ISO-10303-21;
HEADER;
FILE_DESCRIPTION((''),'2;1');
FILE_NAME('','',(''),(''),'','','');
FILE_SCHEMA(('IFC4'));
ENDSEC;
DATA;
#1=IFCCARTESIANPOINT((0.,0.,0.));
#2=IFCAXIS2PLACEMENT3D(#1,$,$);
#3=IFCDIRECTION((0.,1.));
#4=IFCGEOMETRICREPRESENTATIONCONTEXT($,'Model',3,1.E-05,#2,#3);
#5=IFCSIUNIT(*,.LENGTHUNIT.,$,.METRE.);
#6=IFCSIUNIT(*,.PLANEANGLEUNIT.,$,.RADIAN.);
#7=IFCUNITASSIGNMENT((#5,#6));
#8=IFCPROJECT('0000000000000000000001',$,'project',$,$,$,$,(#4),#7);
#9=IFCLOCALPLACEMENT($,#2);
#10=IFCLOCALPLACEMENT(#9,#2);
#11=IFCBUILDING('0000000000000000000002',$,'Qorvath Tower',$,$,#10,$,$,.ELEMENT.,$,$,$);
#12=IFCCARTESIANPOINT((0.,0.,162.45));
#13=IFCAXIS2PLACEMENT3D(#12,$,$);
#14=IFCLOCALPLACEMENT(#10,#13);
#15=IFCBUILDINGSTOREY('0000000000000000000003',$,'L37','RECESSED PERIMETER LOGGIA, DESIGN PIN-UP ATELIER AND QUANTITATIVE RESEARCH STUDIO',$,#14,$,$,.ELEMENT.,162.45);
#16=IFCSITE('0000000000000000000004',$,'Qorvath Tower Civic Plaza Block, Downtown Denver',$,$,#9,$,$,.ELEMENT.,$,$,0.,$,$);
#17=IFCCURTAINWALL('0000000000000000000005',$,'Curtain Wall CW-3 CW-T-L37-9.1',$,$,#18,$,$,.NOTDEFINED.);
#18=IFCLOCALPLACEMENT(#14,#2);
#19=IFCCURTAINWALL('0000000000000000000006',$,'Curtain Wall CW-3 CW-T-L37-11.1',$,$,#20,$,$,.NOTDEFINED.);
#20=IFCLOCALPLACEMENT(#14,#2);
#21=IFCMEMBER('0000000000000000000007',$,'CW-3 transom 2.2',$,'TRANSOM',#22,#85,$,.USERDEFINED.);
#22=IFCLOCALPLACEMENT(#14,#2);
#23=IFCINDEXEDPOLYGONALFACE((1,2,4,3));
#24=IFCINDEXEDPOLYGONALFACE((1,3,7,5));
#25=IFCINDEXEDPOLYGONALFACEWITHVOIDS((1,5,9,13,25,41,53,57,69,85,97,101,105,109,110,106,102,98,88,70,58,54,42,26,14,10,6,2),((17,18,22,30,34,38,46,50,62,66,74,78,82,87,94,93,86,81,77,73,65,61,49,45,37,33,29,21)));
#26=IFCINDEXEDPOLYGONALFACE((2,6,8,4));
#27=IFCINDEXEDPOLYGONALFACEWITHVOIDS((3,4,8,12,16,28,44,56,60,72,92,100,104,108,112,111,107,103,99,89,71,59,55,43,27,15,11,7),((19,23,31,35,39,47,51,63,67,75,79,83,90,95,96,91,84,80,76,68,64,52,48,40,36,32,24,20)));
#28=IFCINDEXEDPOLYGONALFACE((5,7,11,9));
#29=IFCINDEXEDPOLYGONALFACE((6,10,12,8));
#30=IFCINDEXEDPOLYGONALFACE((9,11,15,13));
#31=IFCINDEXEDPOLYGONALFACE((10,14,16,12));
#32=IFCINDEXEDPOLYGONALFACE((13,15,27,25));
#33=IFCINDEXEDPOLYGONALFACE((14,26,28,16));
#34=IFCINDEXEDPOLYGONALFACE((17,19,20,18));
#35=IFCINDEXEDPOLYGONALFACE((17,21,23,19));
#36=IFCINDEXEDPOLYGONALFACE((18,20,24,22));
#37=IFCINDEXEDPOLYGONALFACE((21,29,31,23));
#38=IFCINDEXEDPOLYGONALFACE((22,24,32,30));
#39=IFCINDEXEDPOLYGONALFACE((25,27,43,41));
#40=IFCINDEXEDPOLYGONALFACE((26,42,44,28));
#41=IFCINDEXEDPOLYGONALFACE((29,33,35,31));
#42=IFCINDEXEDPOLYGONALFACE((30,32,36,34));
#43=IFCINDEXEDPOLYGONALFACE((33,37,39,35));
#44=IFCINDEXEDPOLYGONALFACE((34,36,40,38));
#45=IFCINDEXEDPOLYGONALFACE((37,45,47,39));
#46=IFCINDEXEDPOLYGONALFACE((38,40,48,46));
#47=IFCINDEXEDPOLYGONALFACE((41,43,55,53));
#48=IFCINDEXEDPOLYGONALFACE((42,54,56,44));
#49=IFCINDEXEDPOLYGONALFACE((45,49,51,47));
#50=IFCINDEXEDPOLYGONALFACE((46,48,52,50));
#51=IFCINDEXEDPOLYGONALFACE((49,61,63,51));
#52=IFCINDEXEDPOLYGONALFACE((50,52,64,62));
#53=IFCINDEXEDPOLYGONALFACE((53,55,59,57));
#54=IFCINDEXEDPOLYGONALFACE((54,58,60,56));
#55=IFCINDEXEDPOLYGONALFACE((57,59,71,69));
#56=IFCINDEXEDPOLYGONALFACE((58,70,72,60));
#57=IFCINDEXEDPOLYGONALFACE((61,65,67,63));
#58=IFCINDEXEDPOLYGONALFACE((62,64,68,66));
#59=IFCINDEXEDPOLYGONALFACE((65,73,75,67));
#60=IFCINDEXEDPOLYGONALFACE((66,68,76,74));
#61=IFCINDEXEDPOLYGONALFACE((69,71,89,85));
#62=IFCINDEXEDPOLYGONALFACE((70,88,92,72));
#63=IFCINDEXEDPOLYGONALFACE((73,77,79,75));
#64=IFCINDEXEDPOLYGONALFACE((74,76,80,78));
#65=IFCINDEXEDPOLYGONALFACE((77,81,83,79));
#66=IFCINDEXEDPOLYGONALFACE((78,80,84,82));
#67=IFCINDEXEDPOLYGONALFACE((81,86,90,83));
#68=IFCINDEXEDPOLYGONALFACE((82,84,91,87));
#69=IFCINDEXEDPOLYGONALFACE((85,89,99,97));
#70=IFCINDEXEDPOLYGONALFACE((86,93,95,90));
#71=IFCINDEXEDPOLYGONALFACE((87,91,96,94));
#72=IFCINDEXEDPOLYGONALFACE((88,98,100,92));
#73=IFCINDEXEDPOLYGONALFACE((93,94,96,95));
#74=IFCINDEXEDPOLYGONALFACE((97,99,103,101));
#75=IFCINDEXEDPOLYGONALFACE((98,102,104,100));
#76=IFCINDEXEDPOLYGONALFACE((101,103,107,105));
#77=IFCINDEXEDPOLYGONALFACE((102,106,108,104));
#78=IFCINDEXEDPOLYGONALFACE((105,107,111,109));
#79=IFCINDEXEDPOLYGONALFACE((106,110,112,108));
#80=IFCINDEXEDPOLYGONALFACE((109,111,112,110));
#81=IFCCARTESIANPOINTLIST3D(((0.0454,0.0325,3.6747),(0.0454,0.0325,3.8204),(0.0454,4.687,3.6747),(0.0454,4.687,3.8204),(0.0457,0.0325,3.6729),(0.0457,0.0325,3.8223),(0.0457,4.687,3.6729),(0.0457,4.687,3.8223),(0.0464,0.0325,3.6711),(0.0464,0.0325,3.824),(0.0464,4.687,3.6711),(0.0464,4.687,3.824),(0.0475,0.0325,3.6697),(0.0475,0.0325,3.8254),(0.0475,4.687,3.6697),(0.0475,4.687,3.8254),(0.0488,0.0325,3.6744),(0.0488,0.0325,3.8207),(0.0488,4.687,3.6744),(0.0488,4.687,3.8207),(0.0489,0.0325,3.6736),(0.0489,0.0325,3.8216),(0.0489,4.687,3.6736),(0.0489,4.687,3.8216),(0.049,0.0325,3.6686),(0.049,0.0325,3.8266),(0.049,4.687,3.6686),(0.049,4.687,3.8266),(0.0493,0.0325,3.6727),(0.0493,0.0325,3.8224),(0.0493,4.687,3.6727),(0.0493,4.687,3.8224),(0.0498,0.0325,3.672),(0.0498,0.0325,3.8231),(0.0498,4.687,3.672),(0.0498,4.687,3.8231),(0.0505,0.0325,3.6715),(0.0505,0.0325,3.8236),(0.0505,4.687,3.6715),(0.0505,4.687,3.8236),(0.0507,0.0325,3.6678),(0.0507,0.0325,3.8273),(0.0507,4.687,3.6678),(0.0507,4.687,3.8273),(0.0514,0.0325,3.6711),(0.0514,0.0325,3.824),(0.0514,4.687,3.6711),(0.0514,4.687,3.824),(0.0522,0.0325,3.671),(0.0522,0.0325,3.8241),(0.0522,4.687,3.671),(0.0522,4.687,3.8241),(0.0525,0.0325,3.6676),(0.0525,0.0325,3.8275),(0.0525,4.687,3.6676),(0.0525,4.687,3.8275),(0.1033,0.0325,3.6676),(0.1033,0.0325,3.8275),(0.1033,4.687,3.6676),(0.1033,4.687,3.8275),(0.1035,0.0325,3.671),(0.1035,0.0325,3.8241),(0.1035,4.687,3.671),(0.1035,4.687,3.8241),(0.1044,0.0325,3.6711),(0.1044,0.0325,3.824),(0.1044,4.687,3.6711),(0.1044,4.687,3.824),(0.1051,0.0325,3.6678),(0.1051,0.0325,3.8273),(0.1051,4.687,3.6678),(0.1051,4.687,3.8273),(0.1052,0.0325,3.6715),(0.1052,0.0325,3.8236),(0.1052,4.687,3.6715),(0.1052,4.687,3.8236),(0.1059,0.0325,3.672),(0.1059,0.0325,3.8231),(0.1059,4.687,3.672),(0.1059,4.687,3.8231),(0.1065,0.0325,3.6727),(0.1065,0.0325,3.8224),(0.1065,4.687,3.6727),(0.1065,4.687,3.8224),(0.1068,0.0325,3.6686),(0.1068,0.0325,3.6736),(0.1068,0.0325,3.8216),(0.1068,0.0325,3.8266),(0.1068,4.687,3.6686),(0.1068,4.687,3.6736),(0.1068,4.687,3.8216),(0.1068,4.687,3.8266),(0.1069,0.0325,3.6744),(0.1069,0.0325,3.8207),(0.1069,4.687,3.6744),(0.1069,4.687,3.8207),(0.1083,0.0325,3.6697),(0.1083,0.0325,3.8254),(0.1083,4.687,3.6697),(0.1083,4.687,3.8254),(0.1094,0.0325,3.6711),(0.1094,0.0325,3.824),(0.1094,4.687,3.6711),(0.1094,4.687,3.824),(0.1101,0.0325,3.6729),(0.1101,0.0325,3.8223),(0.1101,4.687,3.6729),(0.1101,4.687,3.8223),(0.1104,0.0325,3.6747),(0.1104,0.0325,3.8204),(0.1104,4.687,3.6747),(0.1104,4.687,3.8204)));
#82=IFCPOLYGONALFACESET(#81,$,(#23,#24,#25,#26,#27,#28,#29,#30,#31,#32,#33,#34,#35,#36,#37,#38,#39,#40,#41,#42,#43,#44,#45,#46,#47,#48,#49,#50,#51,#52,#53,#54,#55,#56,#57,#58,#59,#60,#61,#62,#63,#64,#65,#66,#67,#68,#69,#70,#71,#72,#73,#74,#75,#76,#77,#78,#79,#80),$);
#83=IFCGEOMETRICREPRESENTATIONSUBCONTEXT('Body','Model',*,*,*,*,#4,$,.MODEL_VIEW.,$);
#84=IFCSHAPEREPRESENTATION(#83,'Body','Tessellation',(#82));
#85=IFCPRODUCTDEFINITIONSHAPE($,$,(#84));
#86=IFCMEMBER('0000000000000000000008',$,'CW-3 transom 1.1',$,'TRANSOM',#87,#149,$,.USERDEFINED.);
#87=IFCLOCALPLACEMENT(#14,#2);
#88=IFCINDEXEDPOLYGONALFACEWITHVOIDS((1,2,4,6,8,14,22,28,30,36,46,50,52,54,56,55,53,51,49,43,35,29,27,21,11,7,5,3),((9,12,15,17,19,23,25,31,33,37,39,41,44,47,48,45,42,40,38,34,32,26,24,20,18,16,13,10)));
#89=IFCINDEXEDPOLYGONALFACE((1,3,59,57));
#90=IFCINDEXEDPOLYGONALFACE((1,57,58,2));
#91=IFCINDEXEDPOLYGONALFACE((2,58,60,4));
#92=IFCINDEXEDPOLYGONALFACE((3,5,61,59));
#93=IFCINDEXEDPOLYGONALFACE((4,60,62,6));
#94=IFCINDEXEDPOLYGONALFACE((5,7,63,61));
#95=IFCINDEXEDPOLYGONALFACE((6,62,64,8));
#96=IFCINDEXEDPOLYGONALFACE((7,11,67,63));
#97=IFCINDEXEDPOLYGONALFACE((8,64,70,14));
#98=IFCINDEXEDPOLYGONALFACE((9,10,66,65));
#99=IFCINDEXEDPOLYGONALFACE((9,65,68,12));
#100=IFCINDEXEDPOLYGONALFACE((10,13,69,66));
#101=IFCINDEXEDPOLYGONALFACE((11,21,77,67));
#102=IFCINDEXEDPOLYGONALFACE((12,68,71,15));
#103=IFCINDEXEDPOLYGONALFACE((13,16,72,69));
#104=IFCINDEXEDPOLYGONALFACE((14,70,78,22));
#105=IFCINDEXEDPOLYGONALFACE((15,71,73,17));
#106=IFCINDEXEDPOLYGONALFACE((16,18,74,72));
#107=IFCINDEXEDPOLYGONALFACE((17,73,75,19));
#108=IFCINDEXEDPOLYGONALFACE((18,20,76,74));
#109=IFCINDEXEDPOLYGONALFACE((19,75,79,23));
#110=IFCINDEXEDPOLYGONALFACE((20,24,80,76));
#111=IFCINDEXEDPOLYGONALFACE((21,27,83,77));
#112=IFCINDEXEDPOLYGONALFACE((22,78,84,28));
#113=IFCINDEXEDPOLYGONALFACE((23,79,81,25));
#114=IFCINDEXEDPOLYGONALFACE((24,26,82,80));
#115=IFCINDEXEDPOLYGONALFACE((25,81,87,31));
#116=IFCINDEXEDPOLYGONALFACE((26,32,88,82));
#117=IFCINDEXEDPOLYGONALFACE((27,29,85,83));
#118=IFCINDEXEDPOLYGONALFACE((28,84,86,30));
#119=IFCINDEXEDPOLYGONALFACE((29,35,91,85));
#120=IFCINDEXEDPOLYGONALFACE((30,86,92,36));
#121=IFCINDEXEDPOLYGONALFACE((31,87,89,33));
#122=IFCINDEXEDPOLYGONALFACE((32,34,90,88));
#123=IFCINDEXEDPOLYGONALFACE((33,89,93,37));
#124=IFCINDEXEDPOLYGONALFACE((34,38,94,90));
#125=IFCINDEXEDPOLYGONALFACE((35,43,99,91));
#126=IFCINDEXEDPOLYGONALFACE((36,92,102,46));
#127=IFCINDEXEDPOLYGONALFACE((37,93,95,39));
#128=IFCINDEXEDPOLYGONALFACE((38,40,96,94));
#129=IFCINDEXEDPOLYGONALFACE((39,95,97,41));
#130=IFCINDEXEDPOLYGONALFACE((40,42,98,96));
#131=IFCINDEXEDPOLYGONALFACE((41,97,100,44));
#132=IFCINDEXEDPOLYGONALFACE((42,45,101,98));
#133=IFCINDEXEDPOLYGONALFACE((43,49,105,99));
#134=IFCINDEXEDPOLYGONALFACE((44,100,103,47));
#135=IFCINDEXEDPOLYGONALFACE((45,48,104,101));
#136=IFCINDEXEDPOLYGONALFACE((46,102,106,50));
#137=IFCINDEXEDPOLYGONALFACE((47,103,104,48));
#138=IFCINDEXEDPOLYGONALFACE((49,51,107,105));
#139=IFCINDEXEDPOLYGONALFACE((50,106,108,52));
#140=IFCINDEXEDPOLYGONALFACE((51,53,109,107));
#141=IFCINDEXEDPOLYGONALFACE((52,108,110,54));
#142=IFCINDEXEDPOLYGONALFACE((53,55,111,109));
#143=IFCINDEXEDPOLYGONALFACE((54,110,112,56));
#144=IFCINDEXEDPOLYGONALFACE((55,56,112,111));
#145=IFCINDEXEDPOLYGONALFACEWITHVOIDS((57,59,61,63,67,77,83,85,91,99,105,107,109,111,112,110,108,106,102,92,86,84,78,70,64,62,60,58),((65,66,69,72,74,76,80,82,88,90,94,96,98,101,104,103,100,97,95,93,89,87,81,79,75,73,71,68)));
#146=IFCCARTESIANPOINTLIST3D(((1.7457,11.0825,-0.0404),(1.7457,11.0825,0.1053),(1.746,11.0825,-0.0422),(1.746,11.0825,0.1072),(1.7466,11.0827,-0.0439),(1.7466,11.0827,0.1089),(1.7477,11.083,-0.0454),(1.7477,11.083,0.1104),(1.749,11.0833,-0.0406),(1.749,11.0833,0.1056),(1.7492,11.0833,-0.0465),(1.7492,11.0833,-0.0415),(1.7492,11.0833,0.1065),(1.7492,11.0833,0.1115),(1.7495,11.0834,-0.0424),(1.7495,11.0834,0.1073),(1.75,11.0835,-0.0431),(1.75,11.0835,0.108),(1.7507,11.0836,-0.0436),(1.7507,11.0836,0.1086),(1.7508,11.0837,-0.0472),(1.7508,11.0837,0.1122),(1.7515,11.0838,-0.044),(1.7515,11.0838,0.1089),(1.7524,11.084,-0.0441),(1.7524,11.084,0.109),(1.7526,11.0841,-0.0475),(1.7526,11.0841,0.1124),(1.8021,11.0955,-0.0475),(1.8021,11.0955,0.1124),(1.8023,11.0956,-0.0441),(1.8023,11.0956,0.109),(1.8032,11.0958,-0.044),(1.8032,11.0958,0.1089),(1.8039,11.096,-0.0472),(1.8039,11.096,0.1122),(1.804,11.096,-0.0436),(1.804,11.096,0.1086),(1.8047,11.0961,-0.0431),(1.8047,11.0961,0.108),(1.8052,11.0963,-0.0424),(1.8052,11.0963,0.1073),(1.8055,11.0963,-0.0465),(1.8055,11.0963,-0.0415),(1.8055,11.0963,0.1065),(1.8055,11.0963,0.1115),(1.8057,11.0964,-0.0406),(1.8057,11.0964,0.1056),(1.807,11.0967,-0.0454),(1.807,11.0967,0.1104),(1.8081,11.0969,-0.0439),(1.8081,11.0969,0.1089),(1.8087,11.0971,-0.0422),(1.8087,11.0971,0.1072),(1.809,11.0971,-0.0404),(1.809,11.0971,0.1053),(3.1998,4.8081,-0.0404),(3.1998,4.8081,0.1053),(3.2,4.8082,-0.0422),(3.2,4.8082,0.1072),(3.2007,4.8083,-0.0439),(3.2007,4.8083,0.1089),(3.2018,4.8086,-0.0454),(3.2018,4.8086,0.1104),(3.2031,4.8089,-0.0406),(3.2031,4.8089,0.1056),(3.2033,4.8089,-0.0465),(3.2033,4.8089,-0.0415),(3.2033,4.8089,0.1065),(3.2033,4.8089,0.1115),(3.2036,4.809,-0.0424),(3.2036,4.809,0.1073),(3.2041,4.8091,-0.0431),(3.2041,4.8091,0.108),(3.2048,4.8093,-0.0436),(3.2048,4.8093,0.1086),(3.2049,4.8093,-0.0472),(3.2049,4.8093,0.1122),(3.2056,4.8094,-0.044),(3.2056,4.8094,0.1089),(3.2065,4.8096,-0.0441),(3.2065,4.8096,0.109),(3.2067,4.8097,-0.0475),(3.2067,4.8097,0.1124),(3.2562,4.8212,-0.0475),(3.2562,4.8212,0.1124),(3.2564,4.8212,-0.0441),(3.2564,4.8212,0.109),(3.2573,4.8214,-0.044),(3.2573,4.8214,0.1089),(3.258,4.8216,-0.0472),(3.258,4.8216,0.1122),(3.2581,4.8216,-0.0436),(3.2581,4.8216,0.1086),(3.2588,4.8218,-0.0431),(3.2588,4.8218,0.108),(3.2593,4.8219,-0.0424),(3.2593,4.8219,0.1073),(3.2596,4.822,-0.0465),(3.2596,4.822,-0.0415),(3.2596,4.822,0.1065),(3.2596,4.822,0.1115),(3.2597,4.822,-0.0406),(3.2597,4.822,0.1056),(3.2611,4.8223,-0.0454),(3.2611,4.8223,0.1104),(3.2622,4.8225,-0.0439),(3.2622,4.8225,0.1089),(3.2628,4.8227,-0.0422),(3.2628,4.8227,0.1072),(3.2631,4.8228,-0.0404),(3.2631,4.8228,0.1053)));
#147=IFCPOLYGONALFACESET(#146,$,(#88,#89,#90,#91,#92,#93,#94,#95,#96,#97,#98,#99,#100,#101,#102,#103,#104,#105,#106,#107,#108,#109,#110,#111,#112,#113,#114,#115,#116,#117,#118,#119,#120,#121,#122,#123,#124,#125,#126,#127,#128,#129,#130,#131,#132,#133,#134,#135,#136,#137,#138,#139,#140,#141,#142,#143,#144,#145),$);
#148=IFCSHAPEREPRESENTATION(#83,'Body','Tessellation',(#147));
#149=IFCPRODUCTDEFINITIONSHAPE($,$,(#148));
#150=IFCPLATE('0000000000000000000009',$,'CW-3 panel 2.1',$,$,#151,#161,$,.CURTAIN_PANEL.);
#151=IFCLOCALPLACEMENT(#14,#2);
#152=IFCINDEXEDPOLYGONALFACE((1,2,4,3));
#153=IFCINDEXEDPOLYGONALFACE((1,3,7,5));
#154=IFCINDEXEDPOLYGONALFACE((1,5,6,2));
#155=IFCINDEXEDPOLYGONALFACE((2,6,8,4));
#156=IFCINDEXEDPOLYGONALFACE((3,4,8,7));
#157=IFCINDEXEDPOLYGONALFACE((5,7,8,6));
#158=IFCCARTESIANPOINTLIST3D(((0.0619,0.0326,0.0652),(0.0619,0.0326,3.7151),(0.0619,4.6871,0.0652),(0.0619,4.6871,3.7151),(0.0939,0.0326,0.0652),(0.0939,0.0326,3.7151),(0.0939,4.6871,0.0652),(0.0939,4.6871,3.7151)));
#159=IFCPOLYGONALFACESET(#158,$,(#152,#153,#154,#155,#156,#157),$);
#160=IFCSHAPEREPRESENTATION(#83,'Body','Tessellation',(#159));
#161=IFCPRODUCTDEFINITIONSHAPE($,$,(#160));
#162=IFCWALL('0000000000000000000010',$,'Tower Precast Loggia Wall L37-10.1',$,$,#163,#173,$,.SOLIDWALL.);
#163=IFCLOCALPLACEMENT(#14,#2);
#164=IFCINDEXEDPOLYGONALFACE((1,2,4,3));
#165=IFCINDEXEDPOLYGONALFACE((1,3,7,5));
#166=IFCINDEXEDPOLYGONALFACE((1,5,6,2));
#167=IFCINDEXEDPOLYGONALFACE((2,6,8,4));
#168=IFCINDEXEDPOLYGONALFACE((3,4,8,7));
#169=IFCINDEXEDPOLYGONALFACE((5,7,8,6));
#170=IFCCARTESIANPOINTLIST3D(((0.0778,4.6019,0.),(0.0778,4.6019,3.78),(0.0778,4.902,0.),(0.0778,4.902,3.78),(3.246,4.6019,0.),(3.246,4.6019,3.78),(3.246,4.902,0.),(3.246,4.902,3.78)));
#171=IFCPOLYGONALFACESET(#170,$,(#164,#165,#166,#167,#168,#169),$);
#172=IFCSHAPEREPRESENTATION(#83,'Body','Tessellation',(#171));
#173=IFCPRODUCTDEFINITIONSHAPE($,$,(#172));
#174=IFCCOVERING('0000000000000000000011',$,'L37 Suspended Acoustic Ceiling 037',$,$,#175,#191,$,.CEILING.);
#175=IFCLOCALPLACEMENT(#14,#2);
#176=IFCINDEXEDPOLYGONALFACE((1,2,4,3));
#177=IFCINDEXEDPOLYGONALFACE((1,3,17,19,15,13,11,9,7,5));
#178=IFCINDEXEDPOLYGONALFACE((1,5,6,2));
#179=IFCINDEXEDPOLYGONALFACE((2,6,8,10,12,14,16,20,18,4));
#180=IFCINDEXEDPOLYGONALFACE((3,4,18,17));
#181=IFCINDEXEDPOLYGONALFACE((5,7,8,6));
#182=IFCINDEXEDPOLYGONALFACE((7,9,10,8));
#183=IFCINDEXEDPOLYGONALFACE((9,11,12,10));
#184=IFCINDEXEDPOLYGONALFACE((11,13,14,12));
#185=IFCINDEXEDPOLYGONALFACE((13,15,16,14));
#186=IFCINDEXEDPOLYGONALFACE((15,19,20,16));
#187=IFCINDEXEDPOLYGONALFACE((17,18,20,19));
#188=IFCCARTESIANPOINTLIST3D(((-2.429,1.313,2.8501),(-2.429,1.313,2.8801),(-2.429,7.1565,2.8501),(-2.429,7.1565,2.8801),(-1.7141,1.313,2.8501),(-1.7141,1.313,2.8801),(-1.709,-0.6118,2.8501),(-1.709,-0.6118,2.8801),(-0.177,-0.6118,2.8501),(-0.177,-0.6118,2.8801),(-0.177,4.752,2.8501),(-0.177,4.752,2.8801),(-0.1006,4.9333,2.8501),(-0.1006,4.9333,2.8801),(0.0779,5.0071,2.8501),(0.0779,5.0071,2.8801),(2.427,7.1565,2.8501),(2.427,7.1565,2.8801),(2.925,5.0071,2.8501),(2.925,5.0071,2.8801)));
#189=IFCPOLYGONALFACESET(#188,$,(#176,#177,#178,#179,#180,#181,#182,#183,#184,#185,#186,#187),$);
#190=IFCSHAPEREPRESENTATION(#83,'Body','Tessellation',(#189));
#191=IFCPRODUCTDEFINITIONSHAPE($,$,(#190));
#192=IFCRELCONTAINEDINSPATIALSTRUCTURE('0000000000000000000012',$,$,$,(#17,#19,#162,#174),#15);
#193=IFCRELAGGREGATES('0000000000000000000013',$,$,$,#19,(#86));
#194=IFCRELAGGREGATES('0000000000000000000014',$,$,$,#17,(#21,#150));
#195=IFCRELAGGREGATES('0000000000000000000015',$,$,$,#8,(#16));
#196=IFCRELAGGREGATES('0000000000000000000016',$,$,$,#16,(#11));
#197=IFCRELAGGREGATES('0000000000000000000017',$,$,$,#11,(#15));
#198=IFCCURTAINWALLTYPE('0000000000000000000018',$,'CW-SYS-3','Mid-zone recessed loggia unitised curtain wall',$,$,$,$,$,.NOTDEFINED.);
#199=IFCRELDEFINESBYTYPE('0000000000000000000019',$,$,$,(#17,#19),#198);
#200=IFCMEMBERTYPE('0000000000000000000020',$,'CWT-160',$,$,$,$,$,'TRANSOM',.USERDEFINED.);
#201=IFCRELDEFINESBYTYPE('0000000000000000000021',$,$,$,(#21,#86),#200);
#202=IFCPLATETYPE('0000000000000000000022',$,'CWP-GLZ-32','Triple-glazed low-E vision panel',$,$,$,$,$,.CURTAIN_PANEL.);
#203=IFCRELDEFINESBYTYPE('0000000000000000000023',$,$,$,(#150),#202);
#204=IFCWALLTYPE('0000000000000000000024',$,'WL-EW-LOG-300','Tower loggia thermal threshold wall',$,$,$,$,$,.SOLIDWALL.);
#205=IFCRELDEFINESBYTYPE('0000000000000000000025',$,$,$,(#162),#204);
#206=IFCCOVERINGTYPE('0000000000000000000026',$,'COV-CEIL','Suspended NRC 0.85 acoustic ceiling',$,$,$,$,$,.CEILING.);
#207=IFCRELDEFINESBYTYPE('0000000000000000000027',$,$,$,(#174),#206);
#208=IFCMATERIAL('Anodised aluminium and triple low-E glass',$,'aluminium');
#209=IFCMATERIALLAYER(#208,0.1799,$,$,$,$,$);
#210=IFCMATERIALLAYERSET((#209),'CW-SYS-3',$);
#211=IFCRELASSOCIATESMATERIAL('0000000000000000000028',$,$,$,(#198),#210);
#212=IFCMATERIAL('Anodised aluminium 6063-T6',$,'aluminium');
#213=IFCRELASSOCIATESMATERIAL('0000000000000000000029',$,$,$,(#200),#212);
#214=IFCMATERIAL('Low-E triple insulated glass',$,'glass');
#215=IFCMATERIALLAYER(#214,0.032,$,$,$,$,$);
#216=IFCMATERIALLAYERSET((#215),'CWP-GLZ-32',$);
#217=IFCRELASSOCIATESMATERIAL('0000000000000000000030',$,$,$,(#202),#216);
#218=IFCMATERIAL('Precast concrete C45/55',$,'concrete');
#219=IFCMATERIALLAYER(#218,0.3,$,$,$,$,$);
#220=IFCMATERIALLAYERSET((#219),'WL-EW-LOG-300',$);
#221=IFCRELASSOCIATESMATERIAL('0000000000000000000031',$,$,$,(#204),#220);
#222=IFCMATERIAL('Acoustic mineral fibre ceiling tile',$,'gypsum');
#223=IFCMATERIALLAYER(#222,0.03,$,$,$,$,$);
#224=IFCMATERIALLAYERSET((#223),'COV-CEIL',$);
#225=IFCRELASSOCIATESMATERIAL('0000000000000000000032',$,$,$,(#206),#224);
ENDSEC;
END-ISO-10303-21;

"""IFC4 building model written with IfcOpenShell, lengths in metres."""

from ifc_helpers import new_model, si_unit, direction, frame, frame_2d, origin, origin_2d, place, context, subcontext, project, spatial, polyline, rectangle, hollow_rectangle, outline, extrude, material, layer, layer_set, material_profile, profile_set, type_object, element, aggregate, save


model = new_model("IFC4")

# Units and contexts
model_context = context("Model", 3, precision=1e-05, world=origin(), true_north=direction((0.0, 1.0)))
body_context = subcontext(model_context, "Body", "Model", "MODEL_VIEW")
ifc_project = project(units=[si_unit("LENGTHUNIT", "METRE"), si_unit("PLANEANGLEUNIT", "RADIAN")], contexts=[model_context])

# Site, building, storey
site_placement = place(None, origin())
site = spatial("IfcSite", under=ifc_project, at=site_placement, Name="Qorvath Tower Civic Plaza Block, Downtown Denver", CompositionType="ELEMENT", RefElevation=0.0)
building_placement = place(site_placement, origin())
building = spatial("IfcBuilding", under=site, at=building_placement, Name="Qorvath Tower", CompositionType="ELEMENT")
storey_placement = place(building_placement, frame((0.0, 0.0, 162.45)))
storey = spatial("IfcBuildingStorey", under=building, at=storey_placement, Name="L37", Description="RECESSED PERIMETER LOGGIA, DESIGN PIN-UP ATELIER AND QUANTITATIVE RESEARCH STUDIO", CompositionType="ELEMENT", Elevation=162.45)

# Curtain wall
ifc_material_1 = material(Name="Anodised aluminium and triple low-E glass", Category="aluminium")
ifc_layer_1 = layer(ifc_material_1, 0.1799)
ifc_layer_set_1 = layer_set([ifc_layer_1], Name="CW-SYS-3")
curtain_wall_type = type_object("IfcCurtainWallType", Name="CW-SYS-3", Description="Mid-zone recessed loggia unitised curtain wall", PredefinedType="NOTDEFINED", material=ifc_layer_set_1)
curtain_wall_1_placement = place(storey_placement, origin())
curtain_wall_1 = element("IfcCurtainWall", 1, at=curtain_wall_1_placement, inside=storey, type_object=curtain_wall_type, Name="Curtain Wall CW-3 CW-T-L37-9.1", PredefinedType="NOTDEFINED")

# Curtain wall
curtain_wall_2_placement = place(storey_placement, origin())
curtain_wall_2 = element("IfcCurtainWall", 2, at=curtain_wall_2_placement, inside=storey, type_object=curtain_wall_type, Name="Curtain Wall CW-3 CW-T-L37-11.1", PredefinedType="NOTDEFINED")

# Members
ifc_material_2 = material(Name="Anodised aluminium 6063-T6", Category="aluminium")
ifc_material_profile_1 = material_profile(ifc_material_2, hollow_rectangle(XDim=0.0649, YDim=0.1599, WallThickness=0.0034, InnerFilletRadius=0.0034, OuterFilletRadius=0.0071, at=origin_2d()), Name="CWT 160x65")
ifc_profile_set_1 = profile_set([ifc_material_profile_1], Name="Anodised aluminium 6063-T6")
member_type_1 = type_object("IfcMemberType", Name="CWT-160", ElementType="TRANSOM", PredefinedType="USERDEFINED", material=ifc_profile_set_1)
member_1_placement = place(storey_placement, frame((0.0779, 0.0325, 3.7476), z_axis=(0.0, 1.0, 0.0), x_axis=(-1.0, 0.0, 0.0)))
member_1 = element("IfcMember", 3, at=member_1_placement, type_object=member_type_1, Name="CW-3 transom 2.2", ObjectType="TRANSOM", PredefinedType="USERDEFINED", context=body_context, shape_type="SweptSolid", body=[
    extrude(hollow_rectangle(XDim=0.0649, YDim=0.1599, WallThickness=0.0034, InnerFilletRadius=0.0034, OuterFilletRadius=0.0071, at=origin_2d()), origin(), (0.0, 0.0, 1.0), 4.6545),
])
member_2_placement = place(storey_placement, frame((3.2314, 4.8154, 0.0325), z_axis=(-0.225767, 0.974181, 0.0), x_axis=(-0.974181, -0.225767, 0.0)))
member_2 = element("IfcMember", 4, at=member_2_placement, type_object=member_type_1, Name="CW-3 transom 1.1", ObjectType="TRANSOM", PredefinedType="USERDEFINED", context=body_context, shape_type="SweptSolid", body=[
    extrude(hollow_rectangle(XDim=0.0649, YDim=0.1599, WallThickness=0.0034, InnerFilletRadius=0.0034, OuterFilletRadius=0.0071, at=origin_2d()), origin(), (0.0, 0.0, 1.0), 6.4407),
])
aggregate(curtain_wall_2, [member_2])

# Plate
ifc_material_3 = material(Name="Low-E triple insulated glass", Category="glass")
ifc_layer_2 = layer(ifc_material_3, 0.032)
ifc_layer_set_2 = layer_set([ifc_layer_2], Name="CWP-GLZ-32")
plate_type = type_object("IfcPlateType", Name="CWP-GLZ-32", Description="Triple-glazed low-E vision panel", PredefinedType="CURTAIN_PANEL", material=ifc_layer_set_2)
plate_placement = place(storey_placement, frame((0.0779, 2.3599, 0.0652), z_axis=(0.0, 0.0, 1.0), x_axis=(0.0, 1.0, 0.0)))
plate = element("IfcPlate", 5, at=plate_placement, type_object=plate_type, Name="CW-3 panel 2.1", PredefinedType="CURTAIN_PANEL", context=body_context, shape_type="SweptSolid", body=[
    extrude(rectangle(XDim=4.6545, YDim=0.032, at=origin_2d()), origin(), (0.0, 0.0, 1.0), 3.6499),
])
aggregate(curtain_wall_1, [member_1, plate])

# Wall
ifc_material_4 = material(Name="Precast concrete C45/55", Category="concrete")
ifc_layer_3 = layer(ifc_material_4, 0.3)
ifc_layer_set_3 = layer_set([ifc_layer_3], Name="WL-EW-LOG-300")
wall_type = type_object("IfcWallType", Name="WL-EW-LOG-300", Description="Tower loggia thermal threshold wall", PredefinedType="SOLIDWALL", material=ifc_layer_set_3)
wall_placement = place(storey_placement, frame((0.0779, 4.752, 0.0), z_axis=(0.0, 0.0, 1.0), x_axis=(1.0, 0.0, 0.0)))
element("IfcWall", 6, at=wall_placement, inside=storey, type_object=wall_type, Name="Tower Precast Loggia Wall L37-10.1", PredefinedType="SOLIDWALL", context=body_context, shape_type="SweptSolid", body=[
    extrude(rectangle(XDim=3.1682, YDim=0.3, at=frame_2d((1.584, 0.0))), origin(), (0.0, 0.0, 1.0), 3.78),
])

# Covering
ifc_material_5 = material(Name="Acoustic mineral fibre ceiling tile", Category="gypsum")
ifc_layer_4 = layer(ifc_material_5, 0.03)
ifc_layer_set_4 = layer_set([ifc_layer_4], Name="COV-CEIL")
covering_type_1 = type_object("IfcCoveringType", Name="COV-CEIL", Description="Suspended NRC 0.85 acoustic ceiling", PredefinedType="CEILING", material=ifc_layer_set_4)
covering_1_placement = place(storey_placement, frame((0.0, 0.0, 2.8501)))
element("IfcCovering", 7, at=covering_1_placement, inside=storey, type_object=covering_type_1, Name="L37 Suspended Acoustic Ceiling 037", PredefinedType="CEILING", context=body_context, shape_type="SweptSolid", body=[
    extrude(outline(polyline([(-0.1006, 4.9333), (0.0779, 5.0071), (2.925, 5.0071), (2.427, 7.1565), (-2.429, 7.1565), (-2.429, 1.313), (-1.7141, 1.313), (-1.709, -0.6118), (-0.177, -0.6118), (-0.177, 4.752), (-0.1006, 4.9333)])), origin(), (0.0, 0.0, 1.0), 0.03),
])

save(model, "model.ifc")
